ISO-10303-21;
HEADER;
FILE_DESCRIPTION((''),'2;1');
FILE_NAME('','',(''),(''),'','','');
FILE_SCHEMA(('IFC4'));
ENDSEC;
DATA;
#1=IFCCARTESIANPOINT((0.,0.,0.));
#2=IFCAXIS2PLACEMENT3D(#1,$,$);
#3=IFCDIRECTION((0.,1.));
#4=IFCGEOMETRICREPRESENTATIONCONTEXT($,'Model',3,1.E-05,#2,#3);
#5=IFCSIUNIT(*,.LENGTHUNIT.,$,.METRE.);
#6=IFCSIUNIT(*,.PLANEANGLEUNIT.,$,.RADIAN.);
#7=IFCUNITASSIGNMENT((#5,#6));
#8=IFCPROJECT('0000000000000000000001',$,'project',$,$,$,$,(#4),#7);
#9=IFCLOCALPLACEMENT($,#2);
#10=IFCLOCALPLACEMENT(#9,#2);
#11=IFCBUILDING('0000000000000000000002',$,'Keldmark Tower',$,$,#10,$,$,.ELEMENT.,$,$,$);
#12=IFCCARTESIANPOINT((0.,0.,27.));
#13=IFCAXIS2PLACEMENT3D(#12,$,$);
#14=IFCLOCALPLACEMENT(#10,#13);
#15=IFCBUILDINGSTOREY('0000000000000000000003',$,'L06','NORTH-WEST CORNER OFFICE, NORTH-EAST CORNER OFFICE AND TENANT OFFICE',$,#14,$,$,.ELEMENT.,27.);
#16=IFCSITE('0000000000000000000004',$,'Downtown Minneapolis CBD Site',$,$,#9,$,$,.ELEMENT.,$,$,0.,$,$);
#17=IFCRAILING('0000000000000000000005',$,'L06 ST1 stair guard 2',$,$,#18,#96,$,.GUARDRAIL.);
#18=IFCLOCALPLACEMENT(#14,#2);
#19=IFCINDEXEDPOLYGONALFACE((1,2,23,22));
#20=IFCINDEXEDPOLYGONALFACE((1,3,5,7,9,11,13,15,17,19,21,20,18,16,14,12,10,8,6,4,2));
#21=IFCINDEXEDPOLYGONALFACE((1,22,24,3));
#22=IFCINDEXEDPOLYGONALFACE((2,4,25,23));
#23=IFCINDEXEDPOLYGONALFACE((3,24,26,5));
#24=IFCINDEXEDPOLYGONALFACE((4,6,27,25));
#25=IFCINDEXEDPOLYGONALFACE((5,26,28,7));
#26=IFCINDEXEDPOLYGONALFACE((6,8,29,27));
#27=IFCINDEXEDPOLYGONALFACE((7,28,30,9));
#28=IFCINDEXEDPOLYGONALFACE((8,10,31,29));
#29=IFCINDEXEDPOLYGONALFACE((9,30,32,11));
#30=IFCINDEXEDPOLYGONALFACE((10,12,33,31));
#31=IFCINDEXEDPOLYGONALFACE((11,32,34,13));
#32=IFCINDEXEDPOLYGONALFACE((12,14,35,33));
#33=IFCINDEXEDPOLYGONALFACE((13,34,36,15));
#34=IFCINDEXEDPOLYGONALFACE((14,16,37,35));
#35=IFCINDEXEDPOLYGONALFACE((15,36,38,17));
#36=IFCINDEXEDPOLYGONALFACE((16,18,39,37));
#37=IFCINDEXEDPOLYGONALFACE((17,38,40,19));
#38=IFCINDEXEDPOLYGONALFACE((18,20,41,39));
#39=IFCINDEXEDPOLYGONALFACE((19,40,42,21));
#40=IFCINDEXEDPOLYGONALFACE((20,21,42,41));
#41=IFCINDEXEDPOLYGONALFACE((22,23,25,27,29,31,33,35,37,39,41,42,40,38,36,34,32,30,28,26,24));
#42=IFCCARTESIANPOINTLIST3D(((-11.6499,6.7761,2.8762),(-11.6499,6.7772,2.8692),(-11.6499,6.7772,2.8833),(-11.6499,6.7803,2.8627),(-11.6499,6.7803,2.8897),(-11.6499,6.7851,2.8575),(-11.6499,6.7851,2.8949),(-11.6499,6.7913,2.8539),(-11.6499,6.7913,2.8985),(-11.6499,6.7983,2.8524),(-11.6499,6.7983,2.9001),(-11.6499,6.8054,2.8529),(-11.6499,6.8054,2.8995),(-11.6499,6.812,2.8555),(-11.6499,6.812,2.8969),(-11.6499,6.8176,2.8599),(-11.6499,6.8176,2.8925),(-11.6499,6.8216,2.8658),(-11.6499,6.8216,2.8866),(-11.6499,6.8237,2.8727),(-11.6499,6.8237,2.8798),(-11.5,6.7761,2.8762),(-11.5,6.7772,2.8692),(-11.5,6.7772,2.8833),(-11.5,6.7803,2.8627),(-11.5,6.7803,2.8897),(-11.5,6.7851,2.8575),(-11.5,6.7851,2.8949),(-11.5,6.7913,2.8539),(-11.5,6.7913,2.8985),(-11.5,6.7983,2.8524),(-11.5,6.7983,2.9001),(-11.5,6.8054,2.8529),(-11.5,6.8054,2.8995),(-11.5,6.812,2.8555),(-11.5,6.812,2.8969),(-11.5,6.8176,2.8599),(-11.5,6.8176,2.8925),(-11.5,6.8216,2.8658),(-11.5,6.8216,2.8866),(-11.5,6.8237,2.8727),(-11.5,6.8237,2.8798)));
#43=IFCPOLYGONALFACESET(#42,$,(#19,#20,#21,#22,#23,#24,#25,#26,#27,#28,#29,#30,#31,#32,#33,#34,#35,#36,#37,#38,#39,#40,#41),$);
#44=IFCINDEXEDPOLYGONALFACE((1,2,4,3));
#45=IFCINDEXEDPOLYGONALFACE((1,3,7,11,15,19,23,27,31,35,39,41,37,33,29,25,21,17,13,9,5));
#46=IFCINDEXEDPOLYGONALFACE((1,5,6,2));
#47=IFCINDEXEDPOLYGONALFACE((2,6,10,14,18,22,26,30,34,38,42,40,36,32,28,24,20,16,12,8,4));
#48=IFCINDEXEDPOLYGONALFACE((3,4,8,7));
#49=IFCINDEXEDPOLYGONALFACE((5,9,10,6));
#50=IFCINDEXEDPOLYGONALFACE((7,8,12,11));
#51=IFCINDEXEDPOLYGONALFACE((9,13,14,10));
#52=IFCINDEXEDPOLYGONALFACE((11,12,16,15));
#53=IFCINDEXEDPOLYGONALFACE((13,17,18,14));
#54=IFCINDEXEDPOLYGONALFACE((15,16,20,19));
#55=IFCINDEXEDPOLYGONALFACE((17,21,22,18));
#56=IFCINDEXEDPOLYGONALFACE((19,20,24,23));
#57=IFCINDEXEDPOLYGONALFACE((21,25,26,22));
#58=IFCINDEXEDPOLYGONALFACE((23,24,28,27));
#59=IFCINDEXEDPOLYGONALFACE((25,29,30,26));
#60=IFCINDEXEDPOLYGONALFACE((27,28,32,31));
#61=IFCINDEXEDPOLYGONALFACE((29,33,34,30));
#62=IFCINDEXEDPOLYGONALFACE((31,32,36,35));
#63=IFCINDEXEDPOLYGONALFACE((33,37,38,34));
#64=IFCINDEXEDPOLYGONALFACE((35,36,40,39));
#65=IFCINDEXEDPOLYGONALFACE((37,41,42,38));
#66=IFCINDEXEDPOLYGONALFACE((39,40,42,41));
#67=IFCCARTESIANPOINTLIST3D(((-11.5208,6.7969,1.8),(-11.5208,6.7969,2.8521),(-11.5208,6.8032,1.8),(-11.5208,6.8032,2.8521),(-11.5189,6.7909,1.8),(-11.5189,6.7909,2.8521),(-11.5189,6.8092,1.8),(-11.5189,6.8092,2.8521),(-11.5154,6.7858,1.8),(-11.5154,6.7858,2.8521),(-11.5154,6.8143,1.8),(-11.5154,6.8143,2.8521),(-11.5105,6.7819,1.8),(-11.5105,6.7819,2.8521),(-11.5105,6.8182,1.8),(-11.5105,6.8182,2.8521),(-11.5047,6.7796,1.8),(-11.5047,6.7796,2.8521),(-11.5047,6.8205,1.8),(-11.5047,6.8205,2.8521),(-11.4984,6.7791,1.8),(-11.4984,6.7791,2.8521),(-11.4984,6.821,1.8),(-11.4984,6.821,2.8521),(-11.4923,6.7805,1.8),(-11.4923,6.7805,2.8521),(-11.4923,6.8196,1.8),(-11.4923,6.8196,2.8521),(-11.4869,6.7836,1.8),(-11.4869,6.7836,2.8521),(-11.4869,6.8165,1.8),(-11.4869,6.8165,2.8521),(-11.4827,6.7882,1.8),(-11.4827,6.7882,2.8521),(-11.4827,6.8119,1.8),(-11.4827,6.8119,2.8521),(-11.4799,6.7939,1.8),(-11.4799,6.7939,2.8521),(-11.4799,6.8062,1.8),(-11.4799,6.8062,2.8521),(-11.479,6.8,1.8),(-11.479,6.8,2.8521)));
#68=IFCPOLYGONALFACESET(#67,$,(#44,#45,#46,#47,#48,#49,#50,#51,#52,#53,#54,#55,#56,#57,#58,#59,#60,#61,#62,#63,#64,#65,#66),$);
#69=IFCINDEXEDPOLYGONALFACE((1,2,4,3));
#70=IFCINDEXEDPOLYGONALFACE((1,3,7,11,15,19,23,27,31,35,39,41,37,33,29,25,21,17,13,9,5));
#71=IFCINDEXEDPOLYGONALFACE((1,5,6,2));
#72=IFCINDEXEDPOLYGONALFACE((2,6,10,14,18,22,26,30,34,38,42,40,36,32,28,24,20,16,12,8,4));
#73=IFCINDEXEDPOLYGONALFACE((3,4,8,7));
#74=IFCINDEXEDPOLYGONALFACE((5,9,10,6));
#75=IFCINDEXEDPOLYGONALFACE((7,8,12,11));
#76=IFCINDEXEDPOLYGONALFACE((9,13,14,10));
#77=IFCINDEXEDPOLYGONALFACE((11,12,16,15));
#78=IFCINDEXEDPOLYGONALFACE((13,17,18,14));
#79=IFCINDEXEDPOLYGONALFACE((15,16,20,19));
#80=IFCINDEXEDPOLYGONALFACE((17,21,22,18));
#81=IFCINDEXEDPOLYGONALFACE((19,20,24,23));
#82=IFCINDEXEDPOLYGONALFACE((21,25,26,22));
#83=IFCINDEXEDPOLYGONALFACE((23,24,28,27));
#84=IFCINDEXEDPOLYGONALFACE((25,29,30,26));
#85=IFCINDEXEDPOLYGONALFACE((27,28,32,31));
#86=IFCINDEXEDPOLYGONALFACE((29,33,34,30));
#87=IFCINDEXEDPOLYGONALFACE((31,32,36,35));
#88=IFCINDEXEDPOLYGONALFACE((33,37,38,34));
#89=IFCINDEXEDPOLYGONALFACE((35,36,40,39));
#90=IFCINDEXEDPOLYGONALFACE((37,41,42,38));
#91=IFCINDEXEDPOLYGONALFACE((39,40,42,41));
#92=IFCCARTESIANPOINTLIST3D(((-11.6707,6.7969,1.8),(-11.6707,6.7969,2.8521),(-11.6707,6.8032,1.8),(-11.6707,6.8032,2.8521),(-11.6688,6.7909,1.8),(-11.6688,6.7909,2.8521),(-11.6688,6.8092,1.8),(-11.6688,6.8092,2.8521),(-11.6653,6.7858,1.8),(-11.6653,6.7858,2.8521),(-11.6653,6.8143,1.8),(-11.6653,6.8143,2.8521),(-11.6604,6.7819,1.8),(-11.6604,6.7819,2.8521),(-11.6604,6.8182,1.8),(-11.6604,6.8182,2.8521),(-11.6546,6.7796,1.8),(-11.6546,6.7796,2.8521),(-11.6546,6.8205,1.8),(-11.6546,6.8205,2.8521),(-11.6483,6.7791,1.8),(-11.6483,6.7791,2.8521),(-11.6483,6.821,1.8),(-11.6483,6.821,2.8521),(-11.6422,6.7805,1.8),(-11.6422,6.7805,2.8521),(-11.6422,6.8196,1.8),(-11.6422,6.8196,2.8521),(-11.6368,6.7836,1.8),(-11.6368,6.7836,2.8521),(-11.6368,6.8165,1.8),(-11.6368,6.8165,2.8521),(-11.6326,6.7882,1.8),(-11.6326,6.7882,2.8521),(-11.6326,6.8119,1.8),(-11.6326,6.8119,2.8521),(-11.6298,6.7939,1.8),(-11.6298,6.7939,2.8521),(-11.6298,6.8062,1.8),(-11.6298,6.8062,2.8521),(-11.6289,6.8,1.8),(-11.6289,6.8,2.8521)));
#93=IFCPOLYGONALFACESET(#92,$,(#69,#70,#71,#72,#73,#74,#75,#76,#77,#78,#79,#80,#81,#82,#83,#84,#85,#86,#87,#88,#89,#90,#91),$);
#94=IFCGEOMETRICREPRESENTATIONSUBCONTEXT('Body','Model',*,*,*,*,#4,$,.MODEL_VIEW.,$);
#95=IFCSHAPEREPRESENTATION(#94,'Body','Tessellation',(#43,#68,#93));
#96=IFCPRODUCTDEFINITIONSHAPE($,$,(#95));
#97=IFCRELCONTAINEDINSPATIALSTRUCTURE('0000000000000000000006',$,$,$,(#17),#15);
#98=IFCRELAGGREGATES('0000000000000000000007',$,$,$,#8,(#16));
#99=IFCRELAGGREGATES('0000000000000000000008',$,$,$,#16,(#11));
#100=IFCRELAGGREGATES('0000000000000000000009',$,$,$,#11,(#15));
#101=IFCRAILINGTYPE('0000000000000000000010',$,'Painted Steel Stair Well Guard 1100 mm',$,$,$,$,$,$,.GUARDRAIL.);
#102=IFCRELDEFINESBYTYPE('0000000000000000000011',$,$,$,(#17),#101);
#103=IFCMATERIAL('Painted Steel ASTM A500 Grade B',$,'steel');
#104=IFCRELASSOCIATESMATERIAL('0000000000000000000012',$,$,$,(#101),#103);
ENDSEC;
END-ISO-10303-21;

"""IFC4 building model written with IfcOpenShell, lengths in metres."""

from ifc_helpers import new_model, si_unit, direction, frame, origin, origin_2d, place, context, subcontext, project, spatial, circle, extrude, material, type_object, element, save


model = new_model("IFC4")

# Units and contexts
model_context = context("Model", 3, precision=1e-05, world=origin(), true_north=direction((0.0, 1.0)))
body_context = subcontext(model_context, "Body", "Model", "MODEL_VIEW")
ifc_project = project(units=[si_unit("LENGTHUNIT", "METRE"), si_unit("PLANEANGLEUNIT", "RADIAN")], contexts=[model_context])

# Site, building, storey
site_placement = place(None, origin())
site = spatial("IfcSite", under=ifc_project, at=site_placement, Name="Downtown Minneapolis CBD Site", CompositionType="ELEMENT", RefElevation=0.0)
building_placement = place(site_placement, origin())
building = spatial("IfcBuilding", under=site, at=building_placement, Name="Keldmark Tower", CompositionType="ELEMENT")
storey_placement = place(building_placement, frame((0.0, 0.0, 27.0)))
storey = spatial("IfcBuildingStorey", under=building, at=storey_placement, Name="L06", Description="NORTH-WEST CORNER OFFICE, NORTH-EAST CORNER OFFICE AND TENANT OFFICE", CompositionType="ELEMENT", Elevation=27.0)

# Railing
ifc_material_1 = material(Name="Painted Steel ASTM A500 Grade B", Category="steel")
railing_type_1 = type_object("IfcRailingType", Name="Painted Steel Stair Well Guard 1100 mm", PredefinedType="GUARDRAIL", material=ifc_material_1)
railing_1_placement = place(storey_placement, frame((-11.5, 6.8, 1.8)))
element("IfcRailing", 1, at=railing_1_placement, inside=storey, type_object=railing_type_1, Name="L06 ST1 stair guard 2", PredefinedType="GUARDRAIL", context=body_context, shape_type="SweptSolid", body=[
    extrude(circle(Radius=0.0239, at=origin_2d()), frame((0.0, 0.0, 1.0762), z_axis=(-1.0, 0.0, 0.0), x_axis=(0.0, -1.0, 0.0)), (0.0, 0.0, 1.0), 0.1499),
    extrude(circle(Radius=0.021, at=origin_2d()), origin(), (0.0, 0.0, 1.0), 1.052),
    extrude(circle(Radius=0.021, at=origin_2d()), frame((-0.1499, 0.0, 0.0)), (0.0, 0.0, 1.0), 1.052),
])

save(model, "model.ifc")
